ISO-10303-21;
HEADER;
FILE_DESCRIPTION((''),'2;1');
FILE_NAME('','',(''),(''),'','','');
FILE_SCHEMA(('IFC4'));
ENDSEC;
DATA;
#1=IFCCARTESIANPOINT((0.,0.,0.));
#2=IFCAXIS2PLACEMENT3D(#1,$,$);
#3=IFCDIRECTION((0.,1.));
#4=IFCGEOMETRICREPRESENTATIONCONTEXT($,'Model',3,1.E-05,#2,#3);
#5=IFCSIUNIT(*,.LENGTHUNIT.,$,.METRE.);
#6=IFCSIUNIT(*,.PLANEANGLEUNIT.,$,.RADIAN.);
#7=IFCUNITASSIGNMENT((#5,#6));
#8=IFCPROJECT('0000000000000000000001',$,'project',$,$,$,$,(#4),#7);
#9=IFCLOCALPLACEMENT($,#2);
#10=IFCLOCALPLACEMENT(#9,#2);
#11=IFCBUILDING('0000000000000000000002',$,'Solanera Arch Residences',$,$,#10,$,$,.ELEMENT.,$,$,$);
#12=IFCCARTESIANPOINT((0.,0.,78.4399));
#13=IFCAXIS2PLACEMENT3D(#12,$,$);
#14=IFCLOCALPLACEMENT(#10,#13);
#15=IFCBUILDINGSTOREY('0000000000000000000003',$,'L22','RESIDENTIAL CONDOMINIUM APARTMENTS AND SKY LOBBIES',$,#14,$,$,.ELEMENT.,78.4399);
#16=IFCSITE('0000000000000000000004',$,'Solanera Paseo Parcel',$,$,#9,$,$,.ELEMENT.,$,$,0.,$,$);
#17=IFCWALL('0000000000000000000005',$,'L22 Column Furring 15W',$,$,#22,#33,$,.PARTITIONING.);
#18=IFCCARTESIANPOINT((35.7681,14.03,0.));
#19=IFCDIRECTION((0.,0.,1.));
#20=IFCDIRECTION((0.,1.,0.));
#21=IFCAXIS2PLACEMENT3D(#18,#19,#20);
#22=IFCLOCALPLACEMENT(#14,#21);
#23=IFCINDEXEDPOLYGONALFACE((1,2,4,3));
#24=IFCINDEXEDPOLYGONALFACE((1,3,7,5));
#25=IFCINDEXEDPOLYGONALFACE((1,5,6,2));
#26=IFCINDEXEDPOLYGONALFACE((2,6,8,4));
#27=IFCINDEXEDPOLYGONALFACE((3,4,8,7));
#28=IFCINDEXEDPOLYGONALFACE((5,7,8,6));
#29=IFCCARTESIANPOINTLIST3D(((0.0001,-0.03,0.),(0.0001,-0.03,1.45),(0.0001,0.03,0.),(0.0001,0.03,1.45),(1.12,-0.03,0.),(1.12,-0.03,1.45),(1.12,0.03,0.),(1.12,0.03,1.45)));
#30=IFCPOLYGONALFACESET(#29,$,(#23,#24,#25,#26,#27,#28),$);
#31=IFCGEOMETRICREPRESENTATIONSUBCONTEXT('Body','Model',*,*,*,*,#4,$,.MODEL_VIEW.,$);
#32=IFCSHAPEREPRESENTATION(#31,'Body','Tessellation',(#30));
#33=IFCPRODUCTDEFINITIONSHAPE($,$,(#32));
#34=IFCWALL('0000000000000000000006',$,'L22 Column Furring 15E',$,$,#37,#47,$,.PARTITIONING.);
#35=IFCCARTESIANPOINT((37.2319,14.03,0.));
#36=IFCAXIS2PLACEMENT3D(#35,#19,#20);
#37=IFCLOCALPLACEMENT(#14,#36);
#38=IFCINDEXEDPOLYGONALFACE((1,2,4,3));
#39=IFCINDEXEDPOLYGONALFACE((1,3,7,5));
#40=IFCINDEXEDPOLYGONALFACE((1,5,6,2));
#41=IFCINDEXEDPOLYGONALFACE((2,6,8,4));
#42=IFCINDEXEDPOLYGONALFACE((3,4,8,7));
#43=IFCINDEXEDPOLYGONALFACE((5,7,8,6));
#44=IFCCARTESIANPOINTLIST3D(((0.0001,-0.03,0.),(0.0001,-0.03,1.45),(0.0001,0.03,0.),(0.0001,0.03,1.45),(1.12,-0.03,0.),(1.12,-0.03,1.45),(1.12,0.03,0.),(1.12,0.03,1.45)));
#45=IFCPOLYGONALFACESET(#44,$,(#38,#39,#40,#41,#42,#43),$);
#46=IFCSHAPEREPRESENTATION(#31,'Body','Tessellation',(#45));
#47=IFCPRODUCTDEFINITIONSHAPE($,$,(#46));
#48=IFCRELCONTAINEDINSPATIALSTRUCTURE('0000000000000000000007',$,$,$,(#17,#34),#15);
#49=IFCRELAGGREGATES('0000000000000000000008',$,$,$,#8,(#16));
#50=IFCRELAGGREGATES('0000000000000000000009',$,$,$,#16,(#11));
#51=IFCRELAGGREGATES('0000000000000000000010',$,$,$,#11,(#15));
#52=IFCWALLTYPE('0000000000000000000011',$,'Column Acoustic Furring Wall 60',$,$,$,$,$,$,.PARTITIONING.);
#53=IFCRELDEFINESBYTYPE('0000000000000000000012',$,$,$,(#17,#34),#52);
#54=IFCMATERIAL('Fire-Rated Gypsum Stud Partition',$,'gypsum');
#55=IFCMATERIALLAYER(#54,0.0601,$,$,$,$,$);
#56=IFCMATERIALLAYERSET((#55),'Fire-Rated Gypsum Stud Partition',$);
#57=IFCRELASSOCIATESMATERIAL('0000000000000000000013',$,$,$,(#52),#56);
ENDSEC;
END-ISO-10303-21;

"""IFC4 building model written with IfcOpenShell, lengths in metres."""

from ifc_helpers import new_model, si_unit, direction, frame, frame_2d, origin, place, context, subcontext, project, spatial, rectangle, extrude, material, layer, layer_set, type_object, element, save


model = new_model("IFC4")

# Units and contexts
model_context = context("Model", 3, precision=1e-05, world=origin(), true_north=direction((0.0, 1.0)))
body_context = subcontext(model_context, "Body", "Model", "MODEL_VIEW")
ifc_project = project(units=[si_unit("LENGTHUNIT", "METRE"), si_unit("PLANEANGLEUNIT", "RADIAN")], contexts=[model_context])

# Site, building, storey
site_placement = place(None, origin())
site = spatial("IfcSite", under=ifc_project, at=site_placement, Name="Solanera Paseo Parcel", CompositionType="ELEMENT", RefElevation=0.0)
building_placement = place(site_placement, origin())
building = spatial("IfcBuilding", under=site, at=building_placement, Name="Solanera Arch Residences", CompositionType="ELEMENT")
storey_placement = place(building_placement, frame((0.0, 0.0, 78.4399)))
storey = spatial("IfcBuildingStorey", under=building, at=storey_placement, Name="L22", Description="RESIDENTIAL CONDOMINIUM APARTMENTS AND SKY LOBBIES", CompositionType="ELEMENT", Elevation=78.4399)

# Walls
ifc_material_1 = material(Name="Fire-Rated Gypsum Stud Partition", Category="gypsum")
ifc_layer_1 = layer(ifc_material_1, 0.0601)
ifc_layer_set_1 = layer_set([ifc_layer_1], Name="Fire-Rated Gypsum Stud Partition")
wall_type_1 = type_object("IfcWallType", Name="Column Acoustic Furring Wall 60", PredefinedType="PARTITIONING", material=ifc_layer_set_1)
for number, where, z_axis, x_axis, name in (
    (1, (35.7681, 14.03, 0.0), (0.0, 0.0, 1.0), (0.0, 1.0, 0.0), "L22 Column Furring 15W"),
    (2, (37.2319, 14.03, 0.0), (0.0, 0.0, 1.0), (0.0, 1.0, 0.0), "L22 Column Furring 15E"),
):
    element("IfcWall", number, at=place(storey_placement, frame(where, z_axis=z_axis, x_axis=x_axis)), inside=storey, type_object=wall_type_1, Name=name, PredefinedType="PARTITIONING", context=body_context, shape_type="SweptSolid", body=[
        extrude(rectangle(XDim=1.1199, YDim=0.0601, at=frame_2d((0.5601, 0.0))), origin(), (0.0, 0.0, 1.0), 1.45),
    ])

save(model, "model.ifc")
